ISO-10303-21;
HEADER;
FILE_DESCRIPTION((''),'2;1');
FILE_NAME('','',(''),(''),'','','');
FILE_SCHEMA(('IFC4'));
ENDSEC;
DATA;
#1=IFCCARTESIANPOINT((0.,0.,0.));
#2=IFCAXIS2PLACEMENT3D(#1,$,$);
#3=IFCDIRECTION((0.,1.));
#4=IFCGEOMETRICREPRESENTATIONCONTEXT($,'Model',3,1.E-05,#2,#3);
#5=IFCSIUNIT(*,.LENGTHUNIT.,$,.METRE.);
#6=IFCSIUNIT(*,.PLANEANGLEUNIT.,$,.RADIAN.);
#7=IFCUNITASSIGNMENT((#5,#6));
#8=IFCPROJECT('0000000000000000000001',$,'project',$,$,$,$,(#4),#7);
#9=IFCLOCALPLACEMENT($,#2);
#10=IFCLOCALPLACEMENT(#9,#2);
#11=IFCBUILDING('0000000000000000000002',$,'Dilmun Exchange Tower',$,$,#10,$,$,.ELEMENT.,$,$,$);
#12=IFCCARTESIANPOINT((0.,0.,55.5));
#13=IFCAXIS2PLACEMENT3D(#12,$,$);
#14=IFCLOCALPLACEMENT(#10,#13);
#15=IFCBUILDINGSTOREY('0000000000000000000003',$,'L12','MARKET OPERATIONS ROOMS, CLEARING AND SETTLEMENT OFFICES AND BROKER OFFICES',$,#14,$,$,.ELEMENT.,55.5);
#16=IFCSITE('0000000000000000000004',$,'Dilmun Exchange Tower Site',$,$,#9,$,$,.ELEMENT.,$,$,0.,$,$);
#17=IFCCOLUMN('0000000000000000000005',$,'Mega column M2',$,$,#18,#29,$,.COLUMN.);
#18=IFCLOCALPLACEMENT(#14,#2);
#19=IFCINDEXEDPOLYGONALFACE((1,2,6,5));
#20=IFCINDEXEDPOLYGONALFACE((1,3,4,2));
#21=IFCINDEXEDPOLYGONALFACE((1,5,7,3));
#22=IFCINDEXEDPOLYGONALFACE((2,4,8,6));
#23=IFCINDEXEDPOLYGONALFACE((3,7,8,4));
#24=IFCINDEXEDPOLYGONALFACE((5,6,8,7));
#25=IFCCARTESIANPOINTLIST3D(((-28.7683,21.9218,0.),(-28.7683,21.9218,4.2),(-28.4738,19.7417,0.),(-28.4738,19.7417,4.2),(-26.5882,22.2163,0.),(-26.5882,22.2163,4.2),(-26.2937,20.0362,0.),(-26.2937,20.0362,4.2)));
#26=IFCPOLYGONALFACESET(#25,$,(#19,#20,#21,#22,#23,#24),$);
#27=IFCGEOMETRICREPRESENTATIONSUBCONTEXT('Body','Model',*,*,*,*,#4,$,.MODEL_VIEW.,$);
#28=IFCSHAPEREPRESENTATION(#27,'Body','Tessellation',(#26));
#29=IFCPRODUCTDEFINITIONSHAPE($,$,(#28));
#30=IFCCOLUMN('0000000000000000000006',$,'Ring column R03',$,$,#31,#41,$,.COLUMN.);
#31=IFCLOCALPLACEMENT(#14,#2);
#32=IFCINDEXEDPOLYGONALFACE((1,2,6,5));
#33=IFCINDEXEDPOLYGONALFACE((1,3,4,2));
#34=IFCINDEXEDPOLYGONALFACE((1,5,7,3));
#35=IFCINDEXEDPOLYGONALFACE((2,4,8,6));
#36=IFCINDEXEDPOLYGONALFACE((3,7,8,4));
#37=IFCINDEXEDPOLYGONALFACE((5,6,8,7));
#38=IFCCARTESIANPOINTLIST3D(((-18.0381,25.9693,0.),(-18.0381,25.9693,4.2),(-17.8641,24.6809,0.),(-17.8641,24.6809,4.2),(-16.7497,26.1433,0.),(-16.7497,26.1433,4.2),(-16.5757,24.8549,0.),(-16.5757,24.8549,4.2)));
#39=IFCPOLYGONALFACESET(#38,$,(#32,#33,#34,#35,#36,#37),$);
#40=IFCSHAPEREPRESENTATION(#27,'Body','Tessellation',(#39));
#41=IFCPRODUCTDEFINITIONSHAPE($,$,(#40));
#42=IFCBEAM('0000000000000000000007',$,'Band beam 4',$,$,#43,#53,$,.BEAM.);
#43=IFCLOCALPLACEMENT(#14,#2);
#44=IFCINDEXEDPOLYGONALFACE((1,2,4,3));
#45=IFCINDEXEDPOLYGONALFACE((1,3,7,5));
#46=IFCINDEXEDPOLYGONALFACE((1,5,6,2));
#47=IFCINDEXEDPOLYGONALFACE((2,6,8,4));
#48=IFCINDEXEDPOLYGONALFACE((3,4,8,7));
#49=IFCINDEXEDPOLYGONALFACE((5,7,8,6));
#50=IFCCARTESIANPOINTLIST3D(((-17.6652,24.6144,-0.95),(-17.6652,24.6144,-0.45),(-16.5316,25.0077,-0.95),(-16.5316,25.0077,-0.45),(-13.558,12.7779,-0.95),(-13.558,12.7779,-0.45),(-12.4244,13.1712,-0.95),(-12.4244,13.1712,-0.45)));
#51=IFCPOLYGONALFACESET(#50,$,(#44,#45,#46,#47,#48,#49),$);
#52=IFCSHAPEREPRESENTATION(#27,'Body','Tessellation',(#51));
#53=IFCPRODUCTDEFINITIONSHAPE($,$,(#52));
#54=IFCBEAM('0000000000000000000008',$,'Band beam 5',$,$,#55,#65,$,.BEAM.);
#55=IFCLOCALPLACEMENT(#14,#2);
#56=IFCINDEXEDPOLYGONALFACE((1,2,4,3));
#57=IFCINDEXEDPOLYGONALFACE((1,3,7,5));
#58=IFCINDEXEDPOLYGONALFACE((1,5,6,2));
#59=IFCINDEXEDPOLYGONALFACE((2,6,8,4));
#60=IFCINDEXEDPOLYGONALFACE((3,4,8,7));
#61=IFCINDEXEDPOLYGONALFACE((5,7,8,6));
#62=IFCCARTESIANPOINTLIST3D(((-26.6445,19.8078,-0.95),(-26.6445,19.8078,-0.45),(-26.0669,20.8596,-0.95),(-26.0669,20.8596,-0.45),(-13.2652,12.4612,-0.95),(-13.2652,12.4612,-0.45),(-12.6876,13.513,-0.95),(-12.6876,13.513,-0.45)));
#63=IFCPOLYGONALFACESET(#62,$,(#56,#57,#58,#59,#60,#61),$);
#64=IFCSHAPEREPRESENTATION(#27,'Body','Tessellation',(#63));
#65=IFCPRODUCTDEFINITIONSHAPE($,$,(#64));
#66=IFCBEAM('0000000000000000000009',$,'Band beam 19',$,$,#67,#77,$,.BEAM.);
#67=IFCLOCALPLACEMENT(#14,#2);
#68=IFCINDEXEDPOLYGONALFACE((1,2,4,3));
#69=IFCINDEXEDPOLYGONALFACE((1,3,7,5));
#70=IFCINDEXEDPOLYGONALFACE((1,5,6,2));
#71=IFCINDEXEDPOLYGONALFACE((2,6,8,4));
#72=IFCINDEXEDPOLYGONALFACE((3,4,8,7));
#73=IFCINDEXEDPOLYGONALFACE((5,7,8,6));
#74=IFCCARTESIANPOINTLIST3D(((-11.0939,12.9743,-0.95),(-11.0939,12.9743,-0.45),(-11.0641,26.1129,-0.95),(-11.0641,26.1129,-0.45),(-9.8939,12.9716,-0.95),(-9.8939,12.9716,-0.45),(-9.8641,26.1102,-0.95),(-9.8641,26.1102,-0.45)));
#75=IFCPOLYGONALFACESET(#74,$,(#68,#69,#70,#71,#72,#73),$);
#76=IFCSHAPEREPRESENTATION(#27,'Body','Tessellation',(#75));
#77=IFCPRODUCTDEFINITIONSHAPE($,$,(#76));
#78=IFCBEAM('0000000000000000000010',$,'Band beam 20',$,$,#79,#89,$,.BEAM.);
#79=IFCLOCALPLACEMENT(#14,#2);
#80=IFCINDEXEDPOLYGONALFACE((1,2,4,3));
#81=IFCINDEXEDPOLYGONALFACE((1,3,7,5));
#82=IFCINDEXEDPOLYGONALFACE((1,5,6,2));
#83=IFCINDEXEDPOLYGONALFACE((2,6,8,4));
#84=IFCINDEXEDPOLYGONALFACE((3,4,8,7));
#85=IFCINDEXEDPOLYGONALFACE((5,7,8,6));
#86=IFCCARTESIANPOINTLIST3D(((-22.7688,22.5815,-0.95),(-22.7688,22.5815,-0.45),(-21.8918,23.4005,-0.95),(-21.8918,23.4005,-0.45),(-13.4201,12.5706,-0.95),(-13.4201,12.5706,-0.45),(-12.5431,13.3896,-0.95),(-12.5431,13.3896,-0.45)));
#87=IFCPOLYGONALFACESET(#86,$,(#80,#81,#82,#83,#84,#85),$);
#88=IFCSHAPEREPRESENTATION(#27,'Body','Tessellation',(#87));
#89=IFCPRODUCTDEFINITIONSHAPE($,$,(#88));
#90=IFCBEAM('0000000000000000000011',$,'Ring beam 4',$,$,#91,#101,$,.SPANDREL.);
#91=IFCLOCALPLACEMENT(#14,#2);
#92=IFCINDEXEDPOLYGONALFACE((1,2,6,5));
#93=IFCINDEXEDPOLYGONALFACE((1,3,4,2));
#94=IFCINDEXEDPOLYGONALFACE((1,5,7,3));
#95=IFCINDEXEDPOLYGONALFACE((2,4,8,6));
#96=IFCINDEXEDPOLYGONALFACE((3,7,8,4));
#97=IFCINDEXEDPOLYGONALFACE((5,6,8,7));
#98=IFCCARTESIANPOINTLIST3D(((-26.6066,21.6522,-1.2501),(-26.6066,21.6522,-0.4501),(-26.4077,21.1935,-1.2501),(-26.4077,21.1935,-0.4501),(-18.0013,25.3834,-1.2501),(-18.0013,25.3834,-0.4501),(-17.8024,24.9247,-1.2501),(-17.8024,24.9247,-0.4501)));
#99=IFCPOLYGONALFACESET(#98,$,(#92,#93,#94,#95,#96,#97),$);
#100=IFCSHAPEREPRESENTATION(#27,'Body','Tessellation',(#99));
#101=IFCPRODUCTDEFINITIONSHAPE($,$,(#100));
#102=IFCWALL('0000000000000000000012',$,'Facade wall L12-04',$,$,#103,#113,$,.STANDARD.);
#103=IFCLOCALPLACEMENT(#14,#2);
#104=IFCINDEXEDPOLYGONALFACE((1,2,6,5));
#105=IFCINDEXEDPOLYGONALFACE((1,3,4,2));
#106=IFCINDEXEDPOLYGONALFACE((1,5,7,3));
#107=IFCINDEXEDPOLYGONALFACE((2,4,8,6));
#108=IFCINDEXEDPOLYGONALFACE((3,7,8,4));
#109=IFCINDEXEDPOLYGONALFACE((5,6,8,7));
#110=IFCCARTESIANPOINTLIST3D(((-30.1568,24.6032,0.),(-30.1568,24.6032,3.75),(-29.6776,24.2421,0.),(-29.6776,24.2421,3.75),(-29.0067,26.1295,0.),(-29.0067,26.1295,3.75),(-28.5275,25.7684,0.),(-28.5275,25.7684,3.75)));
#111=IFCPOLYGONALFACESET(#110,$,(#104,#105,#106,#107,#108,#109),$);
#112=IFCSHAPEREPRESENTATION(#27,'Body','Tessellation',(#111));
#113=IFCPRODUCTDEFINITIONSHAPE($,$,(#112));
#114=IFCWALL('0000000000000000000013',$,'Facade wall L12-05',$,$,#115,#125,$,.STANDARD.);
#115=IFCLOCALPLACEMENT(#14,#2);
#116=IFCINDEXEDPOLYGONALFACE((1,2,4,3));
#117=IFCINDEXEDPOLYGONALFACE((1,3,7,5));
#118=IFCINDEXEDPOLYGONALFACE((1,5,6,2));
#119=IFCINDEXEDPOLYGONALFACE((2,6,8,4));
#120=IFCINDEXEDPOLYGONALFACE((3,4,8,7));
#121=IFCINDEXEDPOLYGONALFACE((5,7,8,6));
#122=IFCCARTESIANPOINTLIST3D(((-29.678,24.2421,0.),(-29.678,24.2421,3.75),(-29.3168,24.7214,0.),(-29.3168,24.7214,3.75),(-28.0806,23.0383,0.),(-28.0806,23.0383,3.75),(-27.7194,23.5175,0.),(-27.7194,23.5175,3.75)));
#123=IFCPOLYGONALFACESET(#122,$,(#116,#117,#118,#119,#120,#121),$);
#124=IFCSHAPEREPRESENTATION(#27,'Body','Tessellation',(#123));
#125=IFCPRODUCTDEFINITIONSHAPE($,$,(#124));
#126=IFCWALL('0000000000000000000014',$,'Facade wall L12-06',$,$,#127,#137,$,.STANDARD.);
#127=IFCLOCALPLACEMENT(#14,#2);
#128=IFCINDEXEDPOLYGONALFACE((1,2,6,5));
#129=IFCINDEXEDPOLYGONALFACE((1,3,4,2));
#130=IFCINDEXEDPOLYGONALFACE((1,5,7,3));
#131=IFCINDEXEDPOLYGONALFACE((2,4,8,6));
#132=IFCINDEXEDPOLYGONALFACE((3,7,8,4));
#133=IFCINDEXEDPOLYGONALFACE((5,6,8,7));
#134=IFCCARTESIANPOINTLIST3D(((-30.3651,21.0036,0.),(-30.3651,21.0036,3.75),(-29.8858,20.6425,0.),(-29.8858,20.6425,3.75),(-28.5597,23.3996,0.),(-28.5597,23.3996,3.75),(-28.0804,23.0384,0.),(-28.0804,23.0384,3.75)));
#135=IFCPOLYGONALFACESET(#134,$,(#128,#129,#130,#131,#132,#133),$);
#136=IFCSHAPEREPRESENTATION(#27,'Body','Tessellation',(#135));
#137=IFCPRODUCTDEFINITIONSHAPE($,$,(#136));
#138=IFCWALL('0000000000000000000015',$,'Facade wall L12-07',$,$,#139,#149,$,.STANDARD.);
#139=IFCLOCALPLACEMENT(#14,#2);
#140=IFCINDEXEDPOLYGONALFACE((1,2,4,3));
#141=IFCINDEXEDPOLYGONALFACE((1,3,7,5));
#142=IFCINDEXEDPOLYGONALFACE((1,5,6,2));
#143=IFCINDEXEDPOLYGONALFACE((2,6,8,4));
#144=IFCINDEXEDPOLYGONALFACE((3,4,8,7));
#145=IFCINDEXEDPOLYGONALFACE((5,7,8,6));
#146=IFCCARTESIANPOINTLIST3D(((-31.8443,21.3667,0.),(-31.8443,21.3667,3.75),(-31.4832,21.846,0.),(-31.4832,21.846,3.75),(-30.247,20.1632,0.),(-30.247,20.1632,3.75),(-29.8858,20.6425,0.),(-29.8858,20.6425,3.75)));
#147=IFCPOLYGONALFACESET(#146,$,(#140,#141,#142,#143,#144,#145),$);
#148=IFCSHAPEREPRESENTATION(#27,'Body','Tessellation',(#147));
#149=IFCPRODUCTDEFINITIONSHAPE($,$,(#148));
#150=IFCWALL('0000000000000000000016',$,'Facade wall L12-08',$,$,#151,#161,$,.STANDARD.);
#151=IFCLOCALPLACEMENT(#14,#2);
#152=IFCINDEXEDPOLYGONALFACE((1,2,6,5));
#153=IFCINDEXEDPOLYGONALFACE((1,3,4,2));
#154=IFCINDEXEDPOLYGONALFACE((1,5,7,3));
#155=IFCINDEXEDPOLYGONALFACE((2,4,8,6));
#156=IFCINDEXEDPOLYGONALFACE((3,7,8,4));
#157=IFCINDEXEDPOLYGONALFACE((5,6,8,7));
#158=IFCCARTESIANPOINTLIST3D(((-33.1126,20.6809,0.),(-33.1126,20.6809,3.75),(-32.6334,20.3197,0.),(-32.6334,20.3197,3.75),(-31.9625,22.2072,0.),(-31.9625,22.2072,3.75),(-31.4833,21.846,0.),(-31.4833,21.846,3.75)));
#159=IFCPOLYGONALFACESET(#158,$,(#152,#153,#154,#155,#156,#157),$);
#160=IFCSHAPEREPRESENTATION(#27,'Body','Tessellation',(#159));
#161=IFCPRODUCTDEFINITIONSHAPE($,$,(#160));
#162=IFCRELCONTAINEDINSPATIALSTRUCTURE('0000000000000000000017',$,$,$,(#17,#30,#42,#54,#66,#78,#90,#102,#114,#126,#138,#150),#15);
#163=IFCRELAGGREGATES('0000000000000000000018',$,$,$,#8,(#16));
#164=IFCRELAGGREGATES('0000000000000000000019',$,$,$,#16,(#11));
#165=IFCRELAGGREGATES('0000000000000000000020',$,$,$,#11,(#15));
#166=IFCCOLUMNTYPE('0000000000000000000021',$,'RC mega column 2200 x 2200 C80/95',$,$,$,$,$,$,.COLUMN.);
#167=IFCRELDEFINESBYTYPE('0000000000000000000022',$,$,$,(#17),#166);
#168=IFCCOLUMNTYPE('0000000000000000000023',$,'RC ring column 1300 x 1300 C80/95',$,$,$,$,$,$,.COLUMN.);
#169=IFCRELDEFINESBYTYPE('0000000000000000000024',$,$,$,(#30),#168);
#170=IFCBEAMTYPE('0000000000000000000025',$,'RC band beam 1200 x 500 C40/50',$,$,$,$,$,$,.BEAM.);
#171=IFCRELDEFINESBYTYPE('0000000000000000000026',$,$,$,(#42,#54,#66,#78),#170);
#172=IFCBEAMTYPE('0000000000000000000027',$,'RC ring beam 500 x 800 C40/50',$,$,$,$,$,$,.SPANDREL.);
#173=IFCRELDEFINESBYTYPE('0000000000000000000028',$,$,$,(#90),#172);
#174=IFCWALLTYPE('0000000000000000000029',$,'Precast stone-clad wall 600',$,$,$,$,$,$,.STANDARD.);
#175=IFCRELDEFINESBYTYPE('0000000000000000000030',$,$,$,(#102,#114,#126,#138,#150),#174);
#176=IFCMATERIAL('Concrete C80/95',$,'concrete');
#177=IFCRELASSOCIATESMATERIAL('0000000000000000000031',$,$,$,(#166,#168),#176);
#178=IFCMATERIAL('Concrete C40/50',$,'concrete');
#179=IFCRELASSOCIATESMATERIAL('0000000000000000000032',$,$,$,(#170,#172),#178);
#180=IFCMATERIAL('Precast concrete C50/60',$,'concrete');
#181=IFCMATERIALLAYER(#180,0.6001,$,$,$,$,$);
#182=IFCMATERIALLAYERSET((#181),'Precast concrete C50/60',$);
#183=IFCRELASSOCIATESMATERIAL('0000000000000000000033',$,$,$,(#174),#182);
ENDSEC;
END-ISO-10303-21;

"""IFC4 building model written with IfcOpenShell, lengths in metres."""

from ifc_helpers import new_model, si_unit, direction, frame, frame_2d, origin, origin_2d, place, context, subcontext, project, spatial, rectangle, extrude, material, layer, layer_set, material_profile, profile_set, type_object, element, save


model = new_model("IFC4")

# Units and contexts
model_context = context("Model", 3, precision=1e-05, world=origin(), true_north=direction((0.0, 1.0)))
body_context = subcontext(model_context, "Body", "Model", "MODEL_VIEW")
ifc_project = project(units=[si_unit("LENGTHUNIT", "METRE"), si_unit("PLANEANGLEUNIT", "RADIAN")], contexts=[model_context])

# Site, building, storey
site_placement = place(None, origin())
site = spatial("IfcSite", under=ifc_project, at=site_placement, Name="Dilmun Exchange Tower Site", CompositionType="ELEMENT", RefElevation=0.0)
building_placement = place(site_placement, origin())
building = spatial("IfcBuilding", under=site, at=building_placement, Name="Dilmun Exchange Tower", CompositionType="ELEMENT")
storey_placement = place(building_placement, frame((0.0, 0.0, 55.5)))
storey = spatial("IfcBuildingStorey", under=building, at=storey_placement, Name="L12", Description="MARKET OPERATIONS ROOMS, CLEARING AND SETTLEMENT OFFICES AND BROKER OFFICES", CompositionType="ELEMENT", Elevation=55.5)

# Columns
ifc_material_1 = material(Name="Concrete C80/95", Category="concrete")
ifc_material_profile_1 = material_profile(ifc_material_1, rectangle(XDim=2.2, YDim=2.2, at=origin_2d()), Name="2200 x 2200")
ifc_profile_set_1 = profile_set([ifc_material_profile_1], Name="Concrete C80/95")
column_type_1 = type_object("IfcColumnType", Name="RC mega column 2200 x 2200 C80/95", PredefinedType="COLUMN", material=ifc_profile_set_1)
column_1_placement = place(storey_placement, frame((-27.531, 20.979, 0.0), z_axis=(0.0, 0.0, 1.0), x_axis=(0.991001, 0.133853, 0.0)))
element("IfcColumn", 1, at=column_1_placement, inside=storey, type_object=column_type_1, Name="Mega column M2", PredefinedType="COLUMN", context=body_context, shape_type="SweptSolid", body=[
    extrude(rectangle(XDim=2.2, YDim=2.2, at=origin_2d()), origin(), (0.0, 0.0, 1.0), 4.2),
])
ifc_material_profile_2 = material_profile(ifc_material_1, rectangle(XDim=1.3, YDim=1.3, at=origin_2d()), Name="1300 x 1300")
ifc_profile_set_2 = profile_set([ifc_material_profile_2], Name="Concrete C80/95")
column_type_2 = type_object("IfcColumnType", Name="RC ring column 1300 x 1300 C80/95", PredefinedType="COLUMN", material=ifc_profile_set_2)
column_2_placement = place(storey_placement, frame((-17.3069, 25.4121, 0.0), z_axis=(0.0, 0.0, 1.0), x_axis=(0.991001, 0.133853, 0.0)))
element("IfcColumn", 2, at=column_2_placement, inside=storey, type_object=column_type_2, Name="Ring column R03", PredefinedType="COLUMN", context=body_context, shape_type="SweptSolid", body=[
    extrude(rectangle(XDim=1.3, YDim=1.3, at=origin_2d()), origin(), (0.0, 0.0, 1.0), 4.2),
])

# Beams
ifc_material_2 = material(Name="Concrete C40/50", Category="concrete")
ifc_material_profile_3 = material_profile(ifc_material_2, rectangle(XDim=1.2, YDim=0.5, at=origin_2d()), Name="1200 x 500")
ifc_profile_set_3 = profile_set([ifc_material_profile_3], Name="Concrete C40/50")
beam_type_1 = type_object("IfcBeamType", Name="RC band beam 1200 x 500 C40/50", PredefinedType="BEAM", material=ifc_profile_set_3)
beam_1_placement = place(storey_placement, frame((-17.0984, 24.811, -0.7), z_axis=(0.32782, -0.94474, 0.0), x_axis=(0.94474, 0.32782, 0.0)))
element("IfcBeam", 3, at=beam_1_placement, inside=storey, type_object=beam_type_1, Name="Band beam 4", PredefinedType="BEAM", context=body_context, shape_type="SweptSolid", body=[
    extrude(rectangle(XDim=1.2, YDim=0.5, at=origin_2d()), origin(), (0.0, 0.0, 1.0), 12.5288),
])
beam_2_placement = place(storey_placement, frame((-26.3557, 20.3337, -0.7), z_axis=(0.876547, -0.481316, 0.0), x_axis=(0.481316, 0.876547, 0.0)))
element("IfcBeam", 4, at=beam_2_placement, inside=storey, type_object=beam_type_1, Name="Band beam 5", PredefinedType="BEAM", context=body_context, shape_type="SweptSolid", body=[
    extrude(rectangle(XDim=1.2, YDim=0.5, at=origin_2d()), origin(), (0.0, 0.0, 1.0), 15.2637),
])
beam_3_placement = place(storey_placement, frame((-10.4641, 26.1116, -0.7), z_axis=(-0.002267, -0.999997, 0.0), x_axis=(0.999997, -0.002267, 0.0)))
element("IfcBeam", 5, at=beam_3_placement, inside=storey, type_object=beam_type_1, Name="Band beam 19", PredefinedType="BEAM", context=body_context, shape_type="SweptSolid", body=[
    extrude(rectangle(XDim=1.2, YDim=0.5, at=origin_2d()), origin(), (0.0, 0.0, 1.0), 13.1387),
])
beam_4_placement = place(storey_placement, frame((-22.3303, 22.991, -0.7), z_axis=(0.682524, -0.730863, 0.0), x_axis=(0.730863, 0.682524, 0.0)))
element("IfcBeam", 6, at=beam_4_placement, inside=storey, type_object=beam_type_1, Name="Band beam 20", PredefinedType="BEAM", context=body_context, shape_type="SweptSolid", body=[
    extrude(rectangle(XDim=1.2, YDim=0.5, at=origin_2d()), origin(), (0.0, 0.0, 1.0), 13.6973),
])
ifc_material_profile_4 = material_profile(ifc_material_2, rectangle(XDim=0.5, YDim=0.8, at=origin_2d()), Name="500 x 800")
ifc_profile_set_4 = profile_set([ifc_material_profile_4], Name="Concrete C40/50")
beam_type_2 = type_object("IfcBeamType", Name="RC ring beam 500 x 800 C40/50", PredefinedType="SPANDREL", material=ifc_profile_set_4)
beam_5_placement = place(storey_placement, frame((-17.9019, 25.1541, -0.8501), z_axis=(-0.917467, -0.397811, 0.0), x_axis=(0.397811, -0.917467, 0.0)))
element("IfcBeam", 7, at=beam_5_placement, inside=storey, type_object=beam_type_2, Name="Ring beam 4", PredefinedType="SPANDREL", context=body_context, shape_type="SweptSolid", body=[
    extrude(rectangle(XDim=0.5, YDim=0.8, at=origin_2d()), origin(), (0.0, 0.0, 1.0), 9.3794),
])

# Walls
ifc_material_3 = material(Name="Precast concrete C50/60", Category="concrete")
ifc_layer = layer(ifc_material_3, 0.6001)
ifc_layer_set = layer_set([ifc_layer], Name="Precast concrete C50/60")
wall_type = type_object("IfcWallType", Name="Precast stone-clad wall 600", PredefinedType="STANDARD", material=ifc_layer_set)
wall_1_placement = place(storey_placement, frame((-28.7671, 25.949, 0.0), z_axis=(0.0, 0.0, 1.0), x_axis=(-0.601797, -0.798649, 0.0)))
element("IfcWall", 8, at=wall_1_placement, inside=storey, type_object=wall_type, Name="Facade wall L12-04", PredefinedType="STANDARD", context=body_context, shape_type="SweptSolid", body=[
    extrude(rectangle(XDim=1.9111, YDim=0.6001, at=frame_2d((0.9556, 0.0))), origin(), (0.0, 0.0, 1.0), 3.75),
])
wall_2_placement = place(storey_placement, frame((-29.4973, 24.4817, 0.0), z_axis=(0.0, 0.0, 1.0), x_axis=(0.798606, -0.601854, 0.0)))
element("IfcWall", 9, at=wall_2_placement, inside=storey, type_object=wall_type, Name="Facade wall L12-05", PredefinedType="STANDARD", context=body_context, shape_type="SweptSolid", body=[
    extrude(rectangle(XDim=2.0002, YDim=0.6001, at=frame_2d((1.0, 0.0))), origin(), (0.0, 0.0, 1.0), 3.75),
])
wall_3_placement = place(storey_placement, frame((-28.3201, 23.219, 0.0), z_axis=(0.0, 0.0, 1.0), x_axis=(-0.601795, -0.79865, 0.0)))
element("IfcWall", 10, at=wall_3_placement, inside=storey, type_object=wall_type, Name="Facade wall L12-06", PredefinedType="STANDARD", context=body_context, shape_type="SweptSolid", body=[
    extrude(rectangle(XDim=3.0, YDim=0.6001, at=frame_2d((1.5, 0.0))), origin(), (0.0, 0.0, 1.0), 3.75),
])
wall_4_placement = place(storey_placement, frame((-30.0664, 20.4028, 0.0), z_axis=(0.0, 0.0, 1.0), x_axis=(-0.798665, 0.601776, 0.0)))
element("IfcWall", 11, at=wall_4_placement, inside=storey, type_object=wall_type, Name="Facade wall L12-07", PredefinedType="STANDARD", context=body_context, shape_type="SweptSolid", body=[
    extrude(rectangle(XDim=2.0, YDim=0.6001, at=frame_2d((1.0, 0.0))), origin(), (0.0, 0.0, 1.0), 3.75),
])
wall_5_placement = place(storey_placement, frame((-31.7229, 22.0266, 0.0), z_axis=(0.0, 0.0, 1.0), x_axis=(-0.601797, -0.798649, 0.0)))
element("IfcWall", 12, at=wall_5_placement, inside=storey, type_object=wall_type, Name="Facade wall L12-08", PredefinedType="STANDARD", context=body_context, shape_type="SweptSolid", body=[
    extrude(rectangle(XDim=1.9111, YDim=0.6001, at=frame_2d((0.9556, 0.0))), origin(), (0.0, 0.0, 1.0), 3.75),
])

save(model, "model.ifc")
